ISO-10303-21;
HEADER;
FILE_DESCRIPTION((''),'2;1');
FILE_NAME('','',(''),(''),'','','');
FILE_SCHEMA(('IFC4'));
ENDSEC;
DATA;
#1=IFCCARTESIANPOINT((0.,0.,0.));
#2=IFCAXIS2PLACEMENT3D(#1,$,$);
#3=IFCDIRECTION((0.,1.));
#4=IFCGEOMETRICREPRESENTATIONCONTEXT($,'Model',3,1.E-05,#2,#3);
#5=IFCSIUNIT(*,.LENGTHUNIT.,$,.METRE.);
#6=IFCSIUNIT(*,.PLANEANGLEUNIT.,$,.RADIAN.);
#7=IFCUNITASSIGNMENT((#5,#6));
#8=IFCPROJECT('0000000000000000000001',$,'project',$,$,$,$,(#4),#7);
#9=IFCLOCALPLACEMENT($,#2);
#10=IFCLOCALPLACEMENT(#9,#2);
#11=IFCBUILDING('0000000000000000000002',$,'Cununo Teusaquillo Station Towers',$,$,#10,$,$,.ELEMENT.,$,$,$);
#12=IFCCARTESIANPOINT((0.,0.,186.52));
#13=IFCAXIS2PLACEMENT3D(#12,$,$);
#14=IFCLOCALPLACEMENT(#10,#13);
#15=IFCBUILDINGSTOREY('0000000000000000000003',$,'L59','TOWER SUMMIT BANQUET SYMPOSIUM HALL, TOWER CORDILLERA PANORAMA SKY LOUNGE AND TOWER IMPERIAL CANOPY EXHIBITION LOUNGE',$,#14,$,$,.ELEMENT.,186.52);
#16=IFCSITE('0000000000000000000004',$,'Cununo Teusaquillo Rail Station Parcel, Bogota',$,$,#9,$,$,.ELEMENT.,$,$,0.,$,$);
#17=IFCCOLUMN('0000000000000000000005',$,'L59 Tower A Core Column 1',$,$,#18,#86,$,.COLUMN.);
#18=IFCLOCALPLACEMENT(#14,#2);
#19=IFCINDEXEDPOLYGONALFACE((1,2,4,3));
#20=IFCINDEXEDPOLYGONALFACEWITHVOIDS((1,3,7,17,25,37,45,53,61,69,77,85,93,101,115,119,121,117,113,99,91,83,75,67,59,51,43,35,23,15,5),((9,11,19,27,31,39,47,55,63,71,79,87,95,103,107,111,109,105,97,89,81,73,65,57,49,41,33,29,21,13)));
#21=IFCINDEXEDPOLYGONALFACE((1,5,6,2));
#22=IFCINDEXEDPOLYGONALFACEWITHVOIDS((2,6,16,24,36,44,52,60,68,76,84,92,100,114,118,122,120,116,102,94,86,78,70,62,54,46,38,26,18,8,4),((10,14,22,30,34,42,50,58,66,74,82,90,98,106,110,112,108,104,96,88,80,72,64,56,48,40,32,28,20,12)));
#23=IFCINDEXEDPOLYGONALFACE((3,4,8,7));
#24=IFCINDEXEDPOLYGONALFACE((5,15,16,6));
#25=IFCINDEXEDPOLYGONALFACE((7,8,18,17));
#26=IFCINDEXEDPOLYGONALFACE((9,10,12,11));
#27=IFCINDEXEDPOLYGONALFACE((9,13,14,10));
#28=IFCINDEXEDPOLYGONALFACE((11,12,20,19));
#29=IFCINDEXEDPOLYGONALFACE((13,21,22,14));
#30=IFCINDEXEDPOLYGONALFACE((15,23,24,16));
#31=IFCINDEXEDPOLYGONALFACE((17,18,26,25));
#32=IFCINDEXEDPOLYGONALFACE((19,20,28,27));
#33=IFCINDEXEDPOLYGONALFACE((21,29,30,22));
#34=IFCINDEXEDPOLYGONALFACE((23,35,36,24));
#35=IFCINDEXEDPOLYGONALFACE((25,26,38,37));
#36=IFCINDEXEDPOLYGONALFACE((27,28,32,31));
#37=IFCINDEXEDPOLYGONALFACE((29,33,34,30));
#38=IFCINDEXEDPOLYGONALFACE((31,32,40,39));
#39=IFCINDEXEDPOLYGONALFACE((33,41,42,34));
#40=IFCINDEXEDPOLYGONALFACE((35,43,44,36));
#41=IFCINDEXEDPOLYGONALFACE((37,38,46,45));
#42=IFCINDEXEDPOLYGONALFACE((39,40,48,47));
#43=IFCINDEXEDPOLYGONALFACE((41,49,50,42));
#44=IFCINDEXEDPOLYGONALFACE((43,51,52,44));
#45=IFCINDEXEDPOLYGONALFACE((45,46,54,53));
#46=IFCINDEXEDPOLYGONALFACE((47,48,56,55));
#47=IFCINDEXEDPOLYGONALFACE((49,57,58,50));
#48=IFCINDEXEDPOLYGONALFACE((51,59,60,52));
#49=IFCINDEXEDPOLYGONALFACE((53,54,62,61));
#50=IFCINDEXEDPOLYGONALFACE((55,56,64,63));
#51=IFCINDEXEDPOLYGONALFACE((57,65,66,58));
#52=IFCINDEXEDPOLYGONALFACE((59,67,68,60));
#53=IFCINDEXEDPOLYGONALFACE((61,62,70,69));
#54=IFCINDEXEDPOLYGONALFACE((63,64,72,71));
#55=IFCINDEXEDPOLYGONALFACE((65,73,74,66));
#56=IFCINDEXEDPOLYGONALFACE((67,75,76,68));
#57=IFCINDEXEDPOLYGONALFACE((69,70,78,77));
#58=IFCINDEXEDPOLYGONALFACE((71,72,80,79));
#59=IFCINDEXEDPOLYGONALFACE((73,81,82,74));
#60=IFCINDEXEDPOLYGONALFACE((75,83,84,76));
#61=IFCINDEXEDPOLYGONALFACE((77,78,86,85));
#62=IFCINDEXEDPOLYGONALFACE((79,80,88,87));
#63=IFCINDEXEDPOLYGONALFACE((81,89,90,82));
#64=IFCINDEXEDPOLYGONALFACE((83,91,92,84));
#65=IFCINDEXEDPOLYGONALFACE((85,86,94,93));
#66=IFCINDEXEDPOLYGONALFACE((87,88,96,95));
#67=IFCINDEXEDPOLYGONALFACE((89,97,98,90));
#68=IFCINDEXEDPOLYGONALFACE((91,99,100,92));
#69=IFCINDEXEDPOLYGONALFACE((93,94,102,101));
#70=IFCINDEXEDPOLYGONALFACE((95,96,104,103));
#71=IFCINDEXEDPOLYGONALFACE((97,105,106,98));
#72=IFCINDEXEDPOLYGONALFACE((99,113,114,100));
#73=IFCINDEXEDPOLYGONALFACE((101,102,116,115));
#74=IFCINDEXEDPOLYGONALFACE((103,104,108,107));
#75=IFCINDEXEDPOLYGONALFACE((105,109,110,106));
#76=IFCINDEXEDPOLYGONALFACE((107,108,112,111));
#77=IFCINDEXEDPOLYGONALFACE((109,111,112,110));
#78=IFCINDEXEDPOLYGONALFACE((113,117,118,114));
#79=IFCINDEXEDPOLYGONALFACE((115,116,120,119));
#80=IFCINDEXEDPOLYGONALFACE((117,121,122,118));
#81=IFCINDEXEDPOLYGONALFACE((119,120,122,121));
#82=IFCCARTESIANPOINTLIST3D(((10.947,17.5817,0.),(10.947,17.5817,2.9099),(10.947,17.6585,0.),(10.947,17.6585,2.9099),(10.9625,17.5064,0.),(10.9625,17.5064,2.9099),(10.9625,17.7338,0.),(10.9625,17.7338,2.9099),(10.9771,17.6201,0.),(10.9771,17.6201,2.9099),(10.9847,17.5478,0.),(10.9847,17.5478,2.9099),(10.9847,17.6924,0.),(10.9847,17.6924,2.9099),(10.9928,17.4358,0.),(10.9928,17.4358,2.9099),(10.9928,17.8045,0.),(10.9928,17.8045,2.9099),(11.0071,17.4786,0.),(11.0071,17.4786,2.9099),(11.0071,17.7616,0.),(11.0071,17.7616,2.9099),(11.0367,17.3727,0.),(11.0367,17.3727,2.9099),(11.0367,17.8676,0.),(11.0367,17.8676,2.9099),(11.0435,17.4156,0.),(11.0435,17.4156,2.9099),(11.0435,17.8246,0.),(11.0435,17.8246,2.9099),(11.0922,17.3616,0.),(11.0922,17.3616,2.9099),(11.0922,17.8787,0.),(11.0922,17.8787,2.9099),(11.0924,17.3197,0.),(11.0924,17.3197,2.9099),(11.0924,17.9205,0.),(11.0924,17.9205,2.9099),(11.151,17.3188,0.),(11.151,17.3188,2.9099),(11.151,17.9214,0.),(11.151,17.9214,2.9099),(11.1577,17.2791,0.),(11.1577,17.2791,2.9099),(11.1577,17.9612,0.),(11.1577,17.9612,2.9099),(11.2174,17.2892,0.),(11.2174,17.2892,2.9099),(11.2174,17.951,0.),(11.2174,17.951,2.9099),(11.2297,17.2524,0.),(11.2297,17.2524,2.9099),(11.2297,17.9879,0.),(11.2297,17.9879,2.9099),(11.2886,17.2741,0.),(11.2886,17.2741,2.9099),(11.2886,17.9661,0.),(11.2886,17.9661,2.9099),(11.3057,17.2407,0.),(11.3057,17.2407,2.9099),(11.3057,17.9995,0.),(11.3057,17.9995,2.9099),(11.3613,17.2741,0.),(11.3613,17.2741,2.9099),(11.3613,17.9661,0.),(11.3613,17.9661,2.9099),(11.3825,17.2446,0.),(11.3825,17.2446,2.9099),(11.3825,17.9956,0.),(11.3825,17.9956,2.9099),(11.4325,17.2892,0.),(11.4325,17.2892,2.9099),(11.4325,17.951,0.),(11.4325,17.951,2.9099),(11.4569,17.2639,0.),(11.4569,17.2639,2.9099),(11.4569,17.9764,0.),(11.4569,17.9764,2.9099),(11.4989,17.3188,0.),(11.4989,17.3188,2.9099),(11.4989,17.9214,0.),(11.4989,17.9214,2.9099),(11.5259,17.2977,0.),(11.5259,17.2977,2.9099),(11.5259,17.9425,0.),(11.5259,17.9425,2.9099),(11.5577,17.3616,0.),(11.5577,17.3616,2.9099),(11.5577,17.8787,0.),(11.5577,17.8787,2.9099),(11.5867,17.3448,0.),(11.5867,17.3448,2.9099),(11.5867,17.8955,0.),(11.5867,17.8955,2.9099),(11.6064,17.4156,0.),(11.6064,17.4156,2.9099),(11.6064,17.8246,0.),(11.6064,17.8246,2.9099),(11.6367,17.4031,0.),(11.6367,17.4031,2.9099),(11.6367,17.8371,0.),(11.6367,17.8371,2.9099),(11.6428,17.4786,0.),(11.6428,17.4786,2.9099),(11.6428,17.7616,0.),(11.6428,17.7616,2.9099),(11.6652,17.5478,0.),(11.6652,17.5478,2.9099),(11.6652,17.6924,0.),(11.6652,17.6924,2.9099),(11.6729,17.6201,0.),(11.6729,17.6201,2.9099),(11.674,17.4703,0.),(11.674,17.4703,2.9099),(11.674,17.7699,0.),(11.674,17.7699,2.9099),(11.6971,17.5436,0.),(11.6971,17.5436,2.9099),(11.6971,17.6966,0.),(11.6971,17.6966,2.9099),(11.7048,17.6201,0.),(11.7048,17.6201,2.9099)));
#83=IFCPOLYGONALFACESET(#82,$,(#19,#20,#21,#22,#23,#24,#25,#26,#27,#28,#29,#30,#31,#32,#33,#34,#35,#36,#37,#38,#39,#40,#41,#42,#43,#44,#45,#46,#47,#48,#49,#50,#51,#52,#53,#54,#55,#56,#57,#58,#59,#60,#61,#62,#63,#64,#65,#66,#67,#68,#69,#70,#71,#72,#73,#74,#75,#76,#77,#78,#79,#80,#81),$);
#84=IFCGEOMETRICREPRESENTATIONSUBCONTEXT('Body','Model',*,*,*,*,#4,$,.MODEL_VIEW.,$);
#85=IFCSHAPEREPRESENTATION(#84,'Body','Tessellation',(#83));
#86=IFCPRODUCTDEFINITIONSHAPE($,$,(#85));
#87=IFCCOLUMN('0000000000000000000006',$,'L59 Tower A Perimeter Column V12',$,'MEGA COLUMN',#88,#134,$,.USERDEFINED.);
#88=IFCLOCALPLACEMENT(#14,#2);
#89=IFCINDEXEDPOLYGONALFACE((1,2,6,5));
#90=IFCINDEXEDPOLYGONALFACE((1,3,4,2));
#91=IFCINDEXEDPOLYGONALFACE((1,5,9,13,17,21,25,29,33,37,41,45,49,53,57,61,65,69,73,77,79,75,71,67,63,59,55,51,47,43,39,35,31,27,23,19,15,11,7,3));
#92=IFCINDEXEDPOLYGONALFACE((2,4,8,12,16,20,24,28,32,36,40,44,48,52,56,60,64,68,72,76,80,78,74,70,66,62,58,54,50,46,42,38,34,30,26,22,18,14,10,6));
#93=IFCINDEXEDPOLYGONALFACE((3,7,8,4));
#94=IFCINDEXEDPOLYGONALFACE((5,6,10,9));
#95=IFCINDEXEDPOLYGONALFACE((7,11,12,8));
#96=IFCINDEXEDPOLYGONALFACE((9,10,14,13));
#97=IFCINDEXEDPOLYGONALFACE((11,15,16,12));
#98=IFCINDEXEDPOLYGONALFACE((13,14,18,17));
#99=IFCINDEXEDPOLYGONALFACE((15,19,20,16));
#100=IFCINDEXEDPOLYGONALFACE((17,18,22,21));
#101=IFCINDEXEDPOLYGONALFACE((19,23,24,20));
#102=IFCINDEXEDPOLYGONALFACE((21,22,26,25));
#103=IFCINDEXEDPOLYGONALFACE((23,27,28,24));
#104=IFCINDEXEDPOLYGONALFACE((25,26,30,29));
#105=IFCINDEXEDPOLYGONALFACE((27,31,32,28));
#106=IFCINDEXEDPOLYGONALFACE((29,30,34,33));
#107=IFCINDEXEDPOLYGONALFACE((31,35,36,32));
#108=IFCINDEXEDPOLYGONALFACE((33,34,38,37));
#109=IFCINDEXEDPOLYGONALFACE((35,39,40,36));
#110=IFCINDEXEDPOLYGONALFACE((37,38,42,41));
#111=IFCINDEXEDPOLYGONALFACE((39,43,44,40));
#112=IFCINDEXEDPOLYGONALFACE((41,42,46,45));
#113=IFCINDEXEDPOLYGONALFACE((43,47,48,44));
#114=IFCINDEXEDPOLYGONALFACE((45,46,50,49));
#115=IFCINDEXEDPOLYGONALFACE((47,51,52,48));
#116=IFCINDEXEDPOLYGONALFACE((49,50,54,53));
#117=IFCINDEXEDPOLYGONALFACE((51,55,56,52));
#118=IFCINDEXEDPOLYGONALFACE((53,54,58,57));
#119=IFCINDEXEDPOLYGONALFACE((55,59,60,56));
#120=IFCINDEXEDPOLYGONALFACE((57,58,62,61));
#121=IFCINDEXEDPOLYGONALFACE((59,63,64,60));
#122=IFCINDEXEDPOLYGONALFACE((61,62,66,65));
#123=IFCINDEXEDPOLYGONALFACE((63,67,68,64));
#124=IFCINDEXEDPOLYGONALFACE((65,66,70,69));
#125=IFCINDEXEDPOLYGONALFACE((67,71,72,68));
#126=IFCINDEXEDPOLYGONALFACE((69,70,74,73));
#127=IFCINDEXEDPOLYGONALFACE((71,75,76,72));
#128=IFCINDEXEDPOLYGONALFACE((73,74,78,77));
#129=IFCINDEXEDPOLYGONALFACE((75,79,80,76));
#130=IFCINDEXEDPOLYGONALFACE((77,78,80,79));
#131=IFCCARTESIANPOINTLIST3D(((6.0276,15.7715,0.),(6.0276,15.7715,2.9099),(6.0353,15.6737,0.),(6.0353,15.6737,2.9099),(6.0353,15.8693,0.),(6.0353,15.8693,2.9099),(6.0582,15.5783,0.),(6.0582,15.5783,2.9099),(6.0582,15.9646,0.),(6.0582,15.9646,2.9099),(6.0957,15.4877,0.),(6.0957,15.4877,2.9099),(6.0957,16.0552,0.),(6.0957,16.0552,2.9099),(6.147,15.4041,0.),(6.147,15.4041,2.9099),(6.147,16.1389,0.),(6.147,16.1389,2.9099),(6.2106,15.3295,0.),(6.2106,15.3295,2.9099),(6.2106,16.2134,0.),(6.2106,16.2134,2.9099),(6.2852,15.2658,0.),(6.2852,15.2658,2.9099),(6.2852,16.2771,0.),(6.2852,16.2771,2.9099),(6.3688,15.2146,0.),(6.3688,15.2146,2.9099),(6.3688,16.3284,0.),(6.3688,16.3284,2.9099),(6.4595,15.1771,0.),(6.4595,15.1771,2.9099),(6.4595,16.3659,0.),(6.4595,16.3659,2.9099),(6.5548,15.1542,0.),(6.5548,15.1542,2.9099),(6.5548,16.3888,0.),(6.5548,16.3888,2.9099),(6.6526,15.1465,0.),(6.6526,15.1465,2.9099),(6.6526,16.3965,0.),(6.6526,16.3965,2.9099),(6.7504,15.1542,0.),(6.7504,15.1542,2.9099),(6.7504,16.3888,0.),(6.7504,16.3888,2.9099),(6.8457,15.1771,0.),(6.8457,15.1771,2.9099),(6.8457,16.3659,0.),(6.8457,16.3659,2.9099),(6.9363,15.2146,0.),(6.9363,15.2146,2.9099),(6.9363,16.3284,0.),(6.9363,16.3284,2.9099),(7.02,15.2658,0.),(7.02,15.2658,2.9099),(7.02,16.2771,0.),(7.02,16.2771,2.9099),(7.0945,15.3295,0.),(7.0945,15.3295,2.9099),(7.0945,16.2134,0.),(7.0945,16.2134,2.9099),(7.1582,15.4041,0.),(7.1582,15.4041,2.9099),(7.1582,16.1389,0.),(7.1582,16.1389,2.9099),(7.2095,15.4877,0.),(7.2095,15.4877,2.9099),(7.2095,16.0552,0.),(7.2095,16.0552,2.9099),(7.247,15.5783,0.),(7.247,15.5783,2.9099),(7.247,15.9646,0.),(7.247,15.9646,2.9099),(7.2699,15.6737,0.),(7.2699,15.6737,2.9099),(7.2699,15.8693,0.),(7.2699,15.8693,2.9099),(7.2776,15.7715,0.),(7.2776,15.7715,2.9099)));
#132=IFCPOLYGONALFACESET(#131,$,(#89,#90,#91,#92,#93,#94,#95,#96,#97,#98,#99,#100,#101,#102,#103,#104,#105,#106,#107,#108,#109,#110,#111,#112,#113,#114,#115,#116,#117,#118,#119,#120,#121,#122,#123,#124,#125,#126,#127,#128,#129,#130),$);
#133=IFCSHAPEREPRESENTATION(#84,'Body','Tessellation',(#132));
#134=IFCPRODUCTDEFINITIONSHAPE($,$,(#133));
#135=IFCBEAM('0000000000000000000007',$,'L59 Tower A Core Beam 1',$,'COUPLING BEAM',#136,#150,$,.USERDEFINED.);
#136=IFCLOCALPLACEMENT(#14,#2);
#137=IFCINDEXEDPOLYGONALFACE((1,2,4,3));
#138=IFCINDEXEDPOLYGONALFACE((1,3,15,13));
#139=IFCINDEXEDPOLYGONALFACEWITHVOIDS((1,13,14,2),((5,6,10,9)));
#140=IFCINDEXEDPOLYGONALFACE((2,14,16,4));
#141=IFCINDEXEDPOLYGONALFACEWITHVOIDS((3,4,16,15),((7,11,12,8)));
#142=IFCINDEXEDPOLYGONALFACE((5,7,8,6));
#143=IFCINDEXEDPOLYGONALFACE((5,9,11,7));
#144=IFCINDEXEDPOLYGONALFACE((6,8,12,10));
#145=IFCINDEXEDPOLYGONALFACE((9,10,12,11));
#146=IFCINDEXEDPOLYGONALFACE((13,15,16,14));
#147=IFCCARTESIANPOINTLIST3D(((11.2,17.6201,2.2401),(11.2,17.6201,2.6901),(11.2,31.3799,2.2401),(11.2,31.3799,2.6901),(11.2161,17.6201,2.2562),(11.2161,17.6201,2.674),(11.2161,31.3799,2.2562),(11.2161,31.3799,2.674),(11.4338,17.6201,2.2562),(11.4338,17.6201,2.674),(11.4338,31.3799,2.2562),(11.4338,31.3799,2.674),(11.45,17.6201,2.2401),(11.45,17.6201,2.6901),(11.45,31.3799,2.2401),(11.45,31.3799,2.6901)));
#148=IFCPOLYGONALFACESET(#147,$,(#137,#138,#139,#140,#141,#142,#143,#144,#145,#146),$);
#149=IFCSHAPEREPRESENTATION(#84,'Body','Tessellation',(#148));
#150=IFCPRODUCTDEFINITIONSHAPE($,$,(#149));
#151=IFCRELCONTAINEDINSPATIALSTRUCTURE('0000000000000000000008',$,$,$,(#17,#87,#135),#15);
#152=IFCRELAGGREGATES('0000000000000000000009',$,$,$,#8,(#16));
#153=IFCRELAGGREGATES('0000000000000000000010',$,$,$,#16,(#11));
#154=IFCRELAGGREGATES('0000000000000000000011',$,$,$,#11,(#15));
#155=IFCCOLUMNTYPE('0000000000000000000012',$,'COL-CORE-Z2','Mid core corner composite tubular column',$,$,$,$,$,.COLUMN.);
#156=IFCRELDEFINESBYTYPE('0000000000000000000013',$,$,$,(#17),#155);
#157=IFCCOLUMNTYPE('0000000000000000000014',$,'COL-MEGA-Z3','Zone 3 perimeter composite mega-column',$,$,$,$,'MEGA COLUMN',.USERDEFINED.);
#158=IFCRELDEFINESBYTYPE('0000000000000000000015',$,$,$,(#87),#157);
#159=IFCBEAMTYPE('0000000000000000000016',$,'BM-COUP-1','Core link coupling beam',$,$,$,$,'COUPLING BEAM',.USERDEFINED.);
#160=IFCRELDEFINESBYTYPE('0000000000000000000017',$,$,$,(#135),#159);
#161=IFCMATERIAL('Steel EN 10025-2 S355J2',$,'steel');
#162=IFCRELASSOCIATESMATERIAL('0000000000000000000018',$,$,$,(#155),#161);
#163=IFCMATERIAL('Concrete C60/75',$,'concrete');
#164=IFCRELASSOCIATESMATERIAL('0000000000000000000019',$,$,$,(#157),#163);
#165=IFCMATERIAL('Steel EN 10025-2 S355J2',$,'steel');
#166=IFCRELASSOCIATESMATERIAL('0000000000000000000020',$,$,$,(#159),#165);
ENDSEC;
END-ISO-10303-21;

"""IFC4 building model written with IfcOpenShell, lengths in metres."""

from ifc_helpers import new_model, si_unit, direction, frame, origin, origin_2d, place, context, subcontext, project, spatial, hollow_rectangle, circle, hollow_circle, extrude, material, material_profile, profile_set, type_object, element, save


model = new_model("IFC4")

# Units and contexts
model_context = context("Model", 3, precision=1e-05, world=origin(), true_north=direction((0.0, 1.0)))
body_context = subcontext(model_context, "Body", "Model", "MODEL_VIEW")
ifc_project = project(units=[si_unit("LENGTHUNIT", "METRE"), si_unit("PLANEANGLEUNIT", "RADIAN")], contexts=[model_context])

# Site, building, storey
site_placement = place(None, origin())
site = spatial("IfcSite", under=ifc_project, at=site_placement, Name="Cununo Teusaquillo Rail Station Parcel, Bogota", CompositionType="ELEMENT", RefElevation=0.0)
building_placement = place(site_placement, origin())
building = spatial("IfcBuilding", under=site, at=building_placement, Name="Cununo Teusaquillo Station Towers", CompositionType="ELEMENT")
storey_placement = place(building_placement, frame((0.0, 0.0, 186.52)))
storey = spatial("IfcBuildingStorey", under=building, at=storey_placement, Name="L59", Description="TOWER SUMMIT BANQUET SYMPOSIUM HALL, TOWER CORDILLERA PANORAMA SKY LOUNGE AND TOWER IMPERIAL CANOPY EXHIBITION LOUNGE", CompositionType="ELEMENT", Elevation=186.52)

# Columns
ifc_material_1 = material(Name="Steel EN 10025-2 S355J2", Category="steel")
ifc_material_profile_1 = material_profile(ifc_material_1, hollow_circle(Radius=0.3799, WallThickness=0.032, at=origin_2d()), Name="CHS 760x32")
ifc_profile_set_1 = profile_set([ifc_material_profile_1], Name="Steel EN 10025-2 S355J2")
column_type_1 = type_object("IfcColumnType", Name="COL-CORE-Z2", Description="Mid core corner composite tubular column", PredefinedType="COLUMN", material=ifc_profile_set_1)
column_1_placement = place(storey_placement, frame((11.325, 17.6201, 0.0), z_axis=(0.0, 0.0, 1.0), x_axis=(1.0, 0.0, 0.0)))
element("IfcColumn", 1, at=column_1_placement, inside=storey, type_object=column_type_1, Name="L59 Tower A Core Column 1", PredefinedType="COLUMN", context=body_context, shape_type="SweptSolid", body=[
    extrude(hollow_circle(Radius=0.3799, WallThickness=0.032, at=origin_2d()), origin(), (0.0, 0.0, 1.0), 2.9099),
])
ifc_material_2 = material(Name="Concrete C60/75", Category="concrete")
ifc_material_profile_2 = material_profile(ifc_material_2, circle(Radius=0.625, at=origin_2d()), Name="RC-CIRC-1250")
ifc_profile_set_2 = profile_set([ifc_material_profile_2], Name="Concrete C60/75")
column_type_2 = type_object("IfcColumnType", Name="COL-MEGA-Z3", Description="Zone 3 perimeter composite mega-column", ElementType="MEGA COLUMN", PredefinedType="USERDEFINED", material=ifc_profile_set_2)
column_2_placement = place(storey_placement, frame((6.6526, 15.7715, 0.0), z_axis=(0.0, 0.0, 1.0), x_axis=(1.0, 0.0, 0.0)))
element("IfcColumn", 2, at=column_2_placement, inside=storey, type_object=column_type_2, Name="L59 Tower A Perimeter Column V12", ObjectType="MEGA COLUMN", PredefinedType="USERDEFINED", context=body_context, shape_type="SweptSolid", body=[
    extrude(circle(Radius=0.625, at=origin_2d()), origin(), (0.0, 0.0, 1.0), 2.9099),
])

# Beam
ifc_material_3 = material(Name="Steel EN 10025-2 S355J2", Category="steel")
ifc_material_profile_3 = material_profile(ifc_material_3, hollow_rectangle(XDim=0.25, YDim=0.45, WallThickness=0.0161, at=origin_2d()), Name="RHS 450x250x16")
ifc_profile_set_3 = profile_set([ifc_material_profile_3], Name="Steel EN 10025-2 S355J2")
beam_type_1 = type_object("IfcBeamType", Name="BM-COUP-1", Description="Core link coupling beam", ElementType="COUPLING BEAM", PredefinedType="USERDEFINED", material=ifc_profile_set_3)
beam_1_placement = place(storey_placement, frame((11.325, 17.6201, 2.4651), z_axis=(0.0, 1.0, 0.0), x_axis=(-1.0, 0.0, 0.0)))
element("IfcBeam", 3, at=beam_1_placement, inside=storey, type_object=beam_type_1, Name="L59 Tower A Core Beam 1", ObjectType="COUPLING BEAM", PredefinedType="USERDEFINED", context=body_context, shape_type="SweptSolid", body=[
    extrude(hollow_rectangle(XDim=0.25, YDim=0.45, WallThickness=0.0161, at=origin_2d()), origin(), (0.0, 0.0, 1.0), 13.7598),
])

save(model, "model.ifc")
